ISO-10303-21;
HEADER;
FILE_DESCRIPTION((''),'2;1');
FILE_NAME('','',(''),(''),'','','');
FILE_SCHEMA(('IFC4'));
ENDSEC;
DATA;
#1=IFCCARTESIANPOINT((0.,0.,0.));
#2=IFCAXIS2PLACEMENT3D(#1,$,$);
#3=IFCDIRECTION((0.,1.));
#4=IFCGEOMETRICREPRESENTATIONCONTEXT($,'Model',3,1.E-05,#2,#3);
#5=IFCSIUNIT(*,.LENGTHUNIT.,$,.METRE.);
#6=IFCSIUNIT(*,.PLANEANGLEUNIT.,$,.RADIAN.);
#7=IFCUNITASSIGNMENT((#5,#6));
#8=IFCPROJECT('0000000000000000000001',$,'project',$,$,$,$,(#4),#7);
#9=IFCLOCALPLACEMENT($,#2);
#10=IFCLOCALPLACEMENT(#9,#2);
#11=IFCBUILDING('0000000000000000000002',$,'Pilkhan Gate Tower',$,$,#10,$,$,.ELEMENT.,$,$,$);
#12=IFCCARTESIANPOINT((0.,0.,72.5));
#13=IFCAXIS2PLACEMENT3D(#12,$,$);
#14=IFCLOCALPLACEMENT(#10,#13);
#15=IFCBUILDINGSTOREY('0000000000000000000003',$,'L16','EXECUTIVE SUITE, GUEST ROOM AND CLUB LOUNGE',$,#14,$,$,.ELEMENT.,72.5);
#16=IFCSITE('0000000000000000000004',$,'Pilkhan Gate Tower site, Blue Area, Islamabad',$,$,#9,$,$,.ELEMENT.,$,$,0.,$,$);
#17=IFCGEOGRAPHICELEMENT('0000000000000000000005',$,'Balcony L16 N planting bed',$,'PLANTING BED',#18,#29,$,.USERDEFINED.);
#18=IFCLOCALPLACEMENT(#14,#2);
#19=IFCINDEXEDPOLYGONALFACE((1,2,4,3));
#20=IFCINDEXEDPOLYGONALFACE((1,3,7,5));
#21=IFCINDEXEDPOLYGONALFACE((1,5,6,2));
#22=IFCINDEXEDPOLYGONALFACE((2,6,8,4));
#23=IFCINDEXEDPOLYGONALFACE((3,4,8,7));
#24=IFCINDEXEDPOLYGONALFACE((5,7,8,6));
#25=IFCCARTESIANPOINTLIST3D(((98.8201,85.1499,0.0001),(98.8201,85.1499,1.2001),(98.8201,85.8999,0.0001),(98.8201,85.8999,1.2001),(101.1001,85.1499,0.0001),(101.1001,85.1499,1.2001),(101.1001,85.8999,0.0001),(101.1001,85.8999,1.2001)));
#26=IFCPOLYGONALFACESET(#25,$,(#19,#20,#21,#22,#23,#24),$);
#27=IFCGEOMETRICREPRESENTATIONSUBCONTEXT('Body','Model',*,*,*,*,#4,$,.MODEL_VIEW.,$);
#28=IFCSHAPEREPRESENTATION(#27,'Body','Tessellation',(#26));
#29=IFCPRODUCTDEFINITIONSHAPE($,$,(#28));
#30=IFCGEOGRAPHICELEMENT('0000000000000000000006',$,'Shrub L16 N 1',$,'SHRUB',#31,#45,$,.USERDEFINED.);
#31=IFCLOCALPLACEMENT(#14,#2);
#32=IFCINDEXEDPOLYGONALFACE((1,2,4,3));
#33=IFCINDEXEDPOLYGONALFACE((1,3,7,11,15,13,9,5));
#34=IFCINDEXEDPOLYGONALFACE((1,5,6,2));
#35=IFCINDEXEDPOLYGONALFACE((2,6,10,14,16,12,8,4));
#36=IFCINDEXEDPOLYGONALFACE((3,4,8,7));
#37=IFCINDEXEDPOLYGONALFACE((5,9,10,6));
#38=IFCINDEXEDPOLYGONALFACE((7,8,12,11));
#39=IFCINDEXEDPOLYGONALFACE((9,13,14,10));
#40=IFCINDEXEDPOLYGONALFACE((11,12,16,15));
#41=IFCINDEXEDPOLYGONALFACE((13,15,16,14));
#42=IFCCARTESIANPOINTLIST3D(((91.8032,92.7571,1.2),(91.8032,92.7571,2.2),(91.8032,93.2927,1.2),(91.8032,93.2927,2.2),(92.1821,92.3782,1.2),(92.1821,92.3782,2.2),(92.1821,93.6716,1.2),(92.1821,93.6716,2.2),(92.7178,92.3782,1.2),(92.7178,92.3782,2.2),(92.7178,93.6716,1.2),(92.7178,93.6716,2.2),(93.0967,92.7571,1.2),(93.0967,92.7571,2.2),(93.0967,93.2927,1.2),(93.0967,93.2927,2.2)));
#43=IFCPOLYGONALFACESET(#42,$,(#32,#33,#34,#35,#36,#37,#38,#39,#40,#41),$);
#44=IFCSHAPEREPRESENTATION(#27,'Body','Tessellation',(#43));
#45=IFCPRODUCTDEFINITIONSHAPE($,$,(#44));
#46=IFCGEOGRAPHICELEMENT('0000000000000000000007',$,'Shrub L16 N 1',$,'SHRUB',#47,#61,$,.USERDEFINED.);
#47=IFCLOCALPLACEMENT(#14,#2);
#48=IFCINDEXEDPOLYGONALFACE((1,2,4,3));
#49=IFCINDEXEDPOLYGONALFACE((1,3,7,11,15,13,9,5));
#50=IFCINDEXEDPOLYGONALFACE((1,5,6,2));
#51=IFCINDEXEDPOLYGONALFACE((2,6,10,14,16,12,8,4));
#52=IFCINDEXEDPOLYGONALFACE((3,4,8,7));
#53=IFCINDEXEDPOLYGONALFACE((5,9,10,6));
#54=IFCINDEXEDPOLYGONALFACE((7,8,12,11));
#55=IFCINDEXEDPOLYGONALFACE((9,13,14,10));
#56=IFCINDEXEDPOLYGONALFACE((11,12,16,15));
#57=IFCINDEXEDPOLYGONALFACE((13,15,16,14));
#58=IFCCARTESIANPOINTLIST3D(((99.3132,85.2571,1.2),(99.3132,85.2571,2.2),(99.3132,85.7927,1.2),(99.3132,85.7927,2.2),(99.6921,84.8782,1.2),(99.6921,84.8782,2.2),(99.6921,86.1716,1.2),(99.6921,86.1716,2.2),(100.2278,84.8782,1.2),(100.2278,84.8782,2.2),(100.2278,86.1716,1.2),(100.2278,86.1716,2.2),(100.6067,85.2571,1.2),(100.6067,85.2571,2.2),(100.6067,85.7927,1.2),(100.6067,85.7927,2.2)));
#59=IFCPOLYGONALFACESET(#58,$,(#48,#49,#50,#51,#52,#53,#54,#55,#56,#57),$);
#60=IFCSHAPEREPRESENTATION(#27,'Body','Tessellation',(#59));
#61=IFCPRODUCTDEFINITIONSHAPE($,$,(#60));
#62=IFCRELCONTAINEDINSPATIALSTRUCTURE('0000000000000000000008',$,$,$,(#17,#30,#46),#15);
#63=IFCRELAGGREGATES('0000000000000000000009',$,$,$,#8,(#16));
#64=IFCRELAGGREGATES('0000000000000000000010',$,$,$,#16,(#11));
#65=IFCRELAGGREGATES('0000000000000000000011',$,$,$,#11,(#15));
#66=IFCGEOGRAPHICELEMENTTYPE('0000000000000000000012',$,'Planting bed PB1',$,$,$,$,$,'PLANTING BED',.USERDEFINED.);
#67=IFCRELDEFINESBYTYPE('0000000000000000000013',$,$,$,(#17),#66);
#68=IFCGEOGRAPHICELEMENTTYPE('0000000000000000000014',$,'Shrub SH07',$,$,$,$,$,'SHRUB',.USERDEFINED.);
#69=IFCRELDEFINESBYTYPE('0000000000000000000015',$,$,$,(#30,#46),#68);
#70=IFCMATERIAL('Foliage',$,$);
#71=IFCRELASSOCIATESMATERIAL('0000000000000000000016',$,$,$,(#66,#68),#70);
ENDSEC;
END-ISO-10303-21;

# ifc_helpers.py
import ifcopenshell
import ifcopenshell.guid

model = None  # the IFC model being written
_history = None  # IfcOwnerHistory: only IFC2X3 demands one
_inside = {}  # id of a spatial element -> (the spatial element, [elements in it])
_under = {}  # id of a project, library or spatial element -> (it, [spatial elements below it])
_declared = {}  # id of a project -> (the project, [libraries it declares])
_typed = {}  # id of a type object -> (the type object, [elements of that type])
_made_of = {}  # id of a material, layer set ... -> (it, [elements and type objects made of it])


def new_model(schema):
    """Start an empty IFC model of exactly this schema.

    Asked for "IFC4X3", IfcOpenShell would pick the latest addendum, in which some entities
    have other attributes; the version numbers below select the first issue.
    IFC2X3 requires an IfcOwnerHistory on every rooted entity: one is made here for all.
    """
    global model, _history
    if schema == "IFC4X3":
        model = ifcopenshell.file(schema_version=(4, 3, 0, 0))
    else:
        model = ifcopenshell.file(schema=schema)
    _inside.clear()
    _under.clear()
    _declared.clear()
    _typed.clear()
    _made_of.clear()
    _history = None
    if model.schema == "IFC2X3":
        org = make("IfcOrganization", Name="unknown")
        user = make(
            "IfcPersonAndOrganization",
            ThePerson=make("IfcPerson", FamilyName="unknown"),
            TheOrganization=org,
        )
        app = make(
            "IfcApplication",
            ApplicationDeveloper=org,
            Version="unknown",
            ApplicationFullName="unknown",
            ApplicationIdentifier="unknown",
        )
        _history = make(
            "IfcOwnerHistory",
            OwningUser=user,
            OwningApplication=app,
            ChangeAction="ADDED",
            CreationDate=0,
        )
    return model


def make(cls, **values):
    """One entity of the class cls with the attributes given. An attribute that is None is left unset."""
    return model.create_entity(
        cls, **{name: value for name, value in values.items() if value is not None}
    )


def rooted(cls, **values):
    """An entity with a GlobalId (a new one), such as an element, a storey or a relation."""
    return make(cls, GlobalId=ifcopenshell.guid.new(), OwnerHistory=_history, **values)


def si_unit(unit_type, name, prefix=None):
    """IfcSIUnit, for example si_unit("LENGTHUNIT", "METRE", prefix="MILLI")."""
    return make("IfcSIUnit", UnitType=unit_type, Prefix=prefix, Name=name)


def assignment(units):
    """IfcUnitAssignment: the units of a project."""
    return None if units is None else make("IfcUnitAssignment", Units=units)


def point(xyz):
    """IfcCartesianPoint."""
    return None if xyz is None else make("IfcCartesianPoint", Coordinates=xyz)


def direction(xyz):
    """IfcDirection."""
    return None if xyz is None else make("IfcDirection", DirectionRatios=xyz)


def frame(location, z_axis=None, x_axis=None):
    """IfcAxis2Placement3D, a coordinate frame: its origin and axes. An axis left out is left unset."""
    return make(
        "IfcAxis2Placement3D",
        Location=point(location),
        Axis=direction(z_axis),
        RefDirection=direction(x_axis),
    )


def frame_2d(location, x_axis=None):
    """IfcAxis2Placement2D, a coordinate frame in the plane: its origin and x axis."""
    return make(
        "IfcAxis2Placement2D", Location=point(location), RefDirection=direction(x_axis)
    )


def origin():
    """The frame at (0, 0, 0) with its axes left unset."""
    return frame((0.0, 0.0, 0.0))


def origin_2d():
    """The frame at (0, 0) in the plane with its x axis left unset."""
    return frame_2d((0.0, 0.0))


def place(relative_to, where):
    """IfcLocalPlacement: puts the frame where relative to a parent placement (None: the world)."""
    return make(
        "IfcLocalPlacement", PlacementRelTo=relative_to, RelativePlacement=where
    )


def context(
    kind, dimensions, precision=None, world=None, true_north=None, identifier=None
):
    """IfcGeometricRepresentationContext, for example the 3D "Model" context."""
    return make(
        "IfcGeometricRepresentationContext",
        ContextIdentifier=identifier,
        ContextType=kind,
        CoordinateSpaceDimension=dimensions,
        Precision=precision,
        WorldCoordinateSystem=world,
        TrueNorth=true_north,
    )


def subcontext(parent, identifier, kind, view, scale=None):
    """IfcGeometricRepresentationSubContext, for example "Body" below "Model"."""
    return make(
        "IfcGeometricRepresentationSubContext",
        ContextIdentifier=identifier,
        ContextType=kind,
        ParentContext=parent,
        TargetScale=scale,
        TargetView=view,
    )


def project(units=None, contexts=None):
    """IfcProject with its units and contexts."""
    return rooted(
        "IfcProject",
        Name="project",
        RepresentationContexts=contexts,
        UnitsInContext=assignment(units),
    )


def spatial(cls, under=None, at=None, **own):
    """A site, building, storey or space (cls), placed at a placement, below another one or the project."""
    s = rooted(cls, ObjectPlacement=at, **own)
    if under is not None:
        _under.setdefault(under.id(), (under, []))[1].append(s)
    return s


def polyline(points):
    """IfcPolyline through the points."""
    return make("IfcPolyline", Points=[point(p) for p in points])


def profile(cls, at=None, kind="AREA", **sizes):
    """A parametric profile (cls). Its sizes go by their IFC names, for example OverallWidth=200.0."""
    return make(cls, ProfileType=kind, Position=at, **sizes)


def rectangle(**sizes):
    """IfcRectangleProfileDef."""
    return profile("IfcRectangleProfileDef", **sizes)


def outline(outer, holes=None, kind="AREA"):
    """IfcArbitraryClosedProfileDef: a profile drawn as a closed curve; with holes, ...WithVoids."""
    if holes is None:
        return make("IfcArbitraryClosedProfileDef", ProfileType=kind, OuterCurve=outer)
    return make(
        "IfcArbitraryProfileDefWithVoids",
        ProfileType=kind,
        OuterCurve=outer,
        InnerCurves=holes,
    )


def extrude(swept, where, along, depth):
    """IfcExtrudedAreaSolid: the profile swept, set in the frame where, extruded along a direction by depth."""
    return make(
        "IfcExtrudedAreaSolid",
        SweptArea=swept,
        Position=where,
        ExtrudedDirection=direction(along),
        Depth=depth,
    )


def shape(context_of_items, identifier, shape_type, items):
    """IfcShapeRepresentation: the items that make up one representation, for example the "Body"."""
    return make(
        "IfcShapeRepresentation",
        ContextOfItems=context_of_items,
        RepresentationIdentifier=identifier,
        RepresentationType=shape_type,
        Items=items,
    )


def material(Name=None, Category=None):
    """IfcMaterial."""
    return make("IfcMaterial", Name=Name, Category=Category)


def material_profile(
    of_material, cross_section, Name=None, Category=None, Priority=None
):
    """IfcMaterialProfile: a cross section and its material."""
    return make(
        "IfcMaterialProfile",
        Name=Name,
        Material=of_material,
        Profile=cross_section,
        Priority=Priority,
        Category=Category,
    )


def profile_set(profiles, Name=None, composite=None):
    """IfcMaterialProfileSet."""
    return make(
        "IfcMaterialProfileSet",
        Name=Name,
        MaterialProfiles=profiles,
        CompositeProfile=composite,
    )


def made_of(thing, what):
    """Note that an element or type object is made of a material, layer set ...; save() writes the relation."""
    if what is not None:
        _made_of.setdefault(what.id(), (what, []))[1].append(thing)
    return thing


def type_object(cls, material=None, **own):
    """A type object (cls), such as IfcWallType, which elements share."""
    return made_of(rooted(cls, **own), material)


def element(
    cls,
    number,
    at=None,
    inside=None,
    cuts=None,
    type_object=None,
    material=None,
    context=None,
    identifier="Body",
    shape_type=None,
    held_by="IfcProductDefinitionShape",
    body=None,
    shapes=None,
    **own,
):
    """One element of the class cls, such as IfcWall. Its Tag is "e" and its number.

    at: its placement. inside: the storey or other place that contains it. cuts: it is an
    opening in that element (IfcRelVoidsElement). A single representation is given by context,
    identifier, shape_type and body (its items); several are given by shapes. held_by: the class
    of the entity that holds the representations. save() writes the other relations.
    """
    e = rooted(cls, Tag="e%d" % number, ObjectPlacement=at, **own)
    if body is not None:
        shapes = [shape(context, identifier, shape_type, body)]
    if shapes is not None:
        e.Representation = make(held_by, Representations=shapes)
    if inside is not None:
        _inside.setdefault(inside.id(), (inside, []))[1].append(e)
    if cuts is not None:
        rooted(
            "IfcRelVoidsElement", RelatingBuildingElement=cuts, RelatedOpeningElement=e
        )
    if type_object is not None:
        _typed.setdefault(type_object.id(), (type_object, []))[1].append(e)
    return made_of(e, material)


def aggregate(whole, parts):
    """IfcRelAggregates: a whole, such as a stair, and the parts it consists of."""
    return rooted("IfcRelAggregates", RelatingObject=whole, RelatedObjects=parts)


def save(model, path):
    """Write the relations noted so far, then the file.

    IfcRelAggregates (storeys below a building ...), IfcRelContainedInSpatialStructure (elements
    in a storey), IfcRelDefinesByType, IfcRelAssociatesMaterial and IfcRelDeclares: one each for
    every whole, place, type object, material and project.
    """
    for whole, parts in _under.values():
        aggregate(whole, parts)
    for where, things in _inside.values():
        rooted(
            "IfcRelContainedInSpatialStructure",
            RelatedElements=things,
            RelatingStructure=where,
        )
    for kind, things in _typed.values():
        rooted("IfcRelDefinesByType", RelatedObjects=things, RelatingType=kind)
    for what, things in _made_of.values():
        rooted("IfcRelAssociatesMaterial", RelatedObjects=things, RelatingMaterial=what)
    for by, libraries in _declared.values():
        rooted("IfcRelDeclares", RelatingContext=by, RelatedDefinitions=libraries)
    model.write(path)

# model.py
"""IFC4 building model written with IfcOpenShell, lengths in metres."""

from ifc_helpers import new_model, si_unit, direction, frame, origin, origin_2d, place, context, subcontext, project, spatial, polyline, rectangle, outline, extrude, material, material_profile, profile_set, type_object, element, save


model = new_model("IFC4")

# Units and contexts
model_context = context("Model", 3, precision=1e-05, world=origin(), true_north=direction((0.0, 1.0)))
body_context = subcontext(model_context, "Body", "Model", "MODEL_VIEW")
ifc_project = project(units=[si_unit("LENGTHUNIT", "METRE"), si_unit("PLANEANGLEUNIT", "RADIAN")], contexts=[model_context])

# Site, building, storey
site_placement = place(None, origin())
site = spatial("IfcSite", under=ifc_project, at=site_placement, Name="Pilkhan Gate Tower site, Blue Area, Islamabad", CompositionType="ELEMENT", RefElevation=0.0)
building_placement = place(site_placement, origin())
building = spatial("IfcBuilding", under=site, at=building_placement, Name="Pilkhan Gate Tower", CompositionType="ELEMENT")
storey_placement = place(building_placement, frame((0.0, 0.0, 72.5)))
storey = spatial("IfcBuildingStorey", under=building, at=storey_placement, Name="L16", Description="EXECUTIVE SUITE, GUEST ROOM AND CLUB LOUNGE", CompositionType="ELEMENT", Elevation=72.5)

# Geographic elements
ifc_material_1 = material(Name="Foliage")
ifc_material_profile_1 = material_profile(ifc_material_1, rectangle(XDim=0.75, YDim=1.2, at=origin_2d()), Name="Bed 750x1200")
ifc_profile_set_1 = profile_set([ifc_material_profile_1], Name="Foliage")
geographic_element_type_1 = type_object("IfcGeographicElementType", Name="Planting bed PB1", ElementType="PLANTING BED", PredefinedType="USERDEFINED", material=ifc_profile_set_1)
geographic_element_placement = place(storey_placement, frame((98.8201, 85.5249, 0.6001), z_axis=(1.0, 0.0, 0.0), x_axis=(0.0, 1.0, 0.0)))
element("IfcGeographicElement", 1, at=geographic_element_placement, inside=storey, type_object=geographic_element_type_1, Name="Balcony L16 N planting bed", ObjectType="PLANTING BED", PredefinedType="USERDEFINED", context=body_context, shape_type="SweptSolid", body=[
    extrude(rectangle(XDim=0.75, YDim=1.2, at=origin_2d()), origin(), (0.0, 0.0, 1.0), 2.28),
])
ifc_material_profile_2 = material_profile(ifc_material_1, outline(polyline([(0.6467, 0.2678), (0.2678, 0.6467), (-0.2678, 0.6467), (-0.6467, 0.2678), (-0.6467, -0.2678), (-0.2678, -0.6467), (0.2678, -0.6467), (0.6467, -0.2678), (0.6467, 0.2678)])), Name="Shrub D1.4")
ifc_profile_set_2 = profile_set([ifc_material_profile_2], Name="Foliage")
geographic_element_type_2 = type_object("IfcGeographicElementType", Name="Shrub SH07", ElementType="SHRUB", PredefinedType="USERDEFINED", material=ifc_profile_set_2)
for number, where, z_axis, x_axis, name in (
    (2, (92.45, 93.0249, 1.2), (0.0, 0.0, 1.0), (1.0, 0.0, 0.0), "Shrub L16 N 1"),
    (3, (99.96, 85.5249, 1.2), (0.0, 0.0, 1.0), (1.0, 0.0, 0.0), "Shrub L16 N 1"),
):
    element("IfcGeographicElement", number, at=place(storey_placement, frame(where, z_axis=z_axis, x_axis=x_axis)), inside=storey, type_object=geographic_element_type_2, Name=name, ObjectType="SHRUB", PredefinedType="USERDEFINED", context=body_context, shape_type="SweptSolid", body=[
        extrude(outline(polyline([(0.6467, 0.2678), (0.2678, 0.6467), (-0.2678, 0.6467), (-0.6467, 0.2678), (-0.6467, -0.2678), (-0.2678, -0.6467), (0.2678, -0.6467), (0.6467, -0.2678), (0.6467, 0.2678)])), origin(), (0.0, 0.0, 1.0), 1.0),
    ])

save(model, "model.ifc")
